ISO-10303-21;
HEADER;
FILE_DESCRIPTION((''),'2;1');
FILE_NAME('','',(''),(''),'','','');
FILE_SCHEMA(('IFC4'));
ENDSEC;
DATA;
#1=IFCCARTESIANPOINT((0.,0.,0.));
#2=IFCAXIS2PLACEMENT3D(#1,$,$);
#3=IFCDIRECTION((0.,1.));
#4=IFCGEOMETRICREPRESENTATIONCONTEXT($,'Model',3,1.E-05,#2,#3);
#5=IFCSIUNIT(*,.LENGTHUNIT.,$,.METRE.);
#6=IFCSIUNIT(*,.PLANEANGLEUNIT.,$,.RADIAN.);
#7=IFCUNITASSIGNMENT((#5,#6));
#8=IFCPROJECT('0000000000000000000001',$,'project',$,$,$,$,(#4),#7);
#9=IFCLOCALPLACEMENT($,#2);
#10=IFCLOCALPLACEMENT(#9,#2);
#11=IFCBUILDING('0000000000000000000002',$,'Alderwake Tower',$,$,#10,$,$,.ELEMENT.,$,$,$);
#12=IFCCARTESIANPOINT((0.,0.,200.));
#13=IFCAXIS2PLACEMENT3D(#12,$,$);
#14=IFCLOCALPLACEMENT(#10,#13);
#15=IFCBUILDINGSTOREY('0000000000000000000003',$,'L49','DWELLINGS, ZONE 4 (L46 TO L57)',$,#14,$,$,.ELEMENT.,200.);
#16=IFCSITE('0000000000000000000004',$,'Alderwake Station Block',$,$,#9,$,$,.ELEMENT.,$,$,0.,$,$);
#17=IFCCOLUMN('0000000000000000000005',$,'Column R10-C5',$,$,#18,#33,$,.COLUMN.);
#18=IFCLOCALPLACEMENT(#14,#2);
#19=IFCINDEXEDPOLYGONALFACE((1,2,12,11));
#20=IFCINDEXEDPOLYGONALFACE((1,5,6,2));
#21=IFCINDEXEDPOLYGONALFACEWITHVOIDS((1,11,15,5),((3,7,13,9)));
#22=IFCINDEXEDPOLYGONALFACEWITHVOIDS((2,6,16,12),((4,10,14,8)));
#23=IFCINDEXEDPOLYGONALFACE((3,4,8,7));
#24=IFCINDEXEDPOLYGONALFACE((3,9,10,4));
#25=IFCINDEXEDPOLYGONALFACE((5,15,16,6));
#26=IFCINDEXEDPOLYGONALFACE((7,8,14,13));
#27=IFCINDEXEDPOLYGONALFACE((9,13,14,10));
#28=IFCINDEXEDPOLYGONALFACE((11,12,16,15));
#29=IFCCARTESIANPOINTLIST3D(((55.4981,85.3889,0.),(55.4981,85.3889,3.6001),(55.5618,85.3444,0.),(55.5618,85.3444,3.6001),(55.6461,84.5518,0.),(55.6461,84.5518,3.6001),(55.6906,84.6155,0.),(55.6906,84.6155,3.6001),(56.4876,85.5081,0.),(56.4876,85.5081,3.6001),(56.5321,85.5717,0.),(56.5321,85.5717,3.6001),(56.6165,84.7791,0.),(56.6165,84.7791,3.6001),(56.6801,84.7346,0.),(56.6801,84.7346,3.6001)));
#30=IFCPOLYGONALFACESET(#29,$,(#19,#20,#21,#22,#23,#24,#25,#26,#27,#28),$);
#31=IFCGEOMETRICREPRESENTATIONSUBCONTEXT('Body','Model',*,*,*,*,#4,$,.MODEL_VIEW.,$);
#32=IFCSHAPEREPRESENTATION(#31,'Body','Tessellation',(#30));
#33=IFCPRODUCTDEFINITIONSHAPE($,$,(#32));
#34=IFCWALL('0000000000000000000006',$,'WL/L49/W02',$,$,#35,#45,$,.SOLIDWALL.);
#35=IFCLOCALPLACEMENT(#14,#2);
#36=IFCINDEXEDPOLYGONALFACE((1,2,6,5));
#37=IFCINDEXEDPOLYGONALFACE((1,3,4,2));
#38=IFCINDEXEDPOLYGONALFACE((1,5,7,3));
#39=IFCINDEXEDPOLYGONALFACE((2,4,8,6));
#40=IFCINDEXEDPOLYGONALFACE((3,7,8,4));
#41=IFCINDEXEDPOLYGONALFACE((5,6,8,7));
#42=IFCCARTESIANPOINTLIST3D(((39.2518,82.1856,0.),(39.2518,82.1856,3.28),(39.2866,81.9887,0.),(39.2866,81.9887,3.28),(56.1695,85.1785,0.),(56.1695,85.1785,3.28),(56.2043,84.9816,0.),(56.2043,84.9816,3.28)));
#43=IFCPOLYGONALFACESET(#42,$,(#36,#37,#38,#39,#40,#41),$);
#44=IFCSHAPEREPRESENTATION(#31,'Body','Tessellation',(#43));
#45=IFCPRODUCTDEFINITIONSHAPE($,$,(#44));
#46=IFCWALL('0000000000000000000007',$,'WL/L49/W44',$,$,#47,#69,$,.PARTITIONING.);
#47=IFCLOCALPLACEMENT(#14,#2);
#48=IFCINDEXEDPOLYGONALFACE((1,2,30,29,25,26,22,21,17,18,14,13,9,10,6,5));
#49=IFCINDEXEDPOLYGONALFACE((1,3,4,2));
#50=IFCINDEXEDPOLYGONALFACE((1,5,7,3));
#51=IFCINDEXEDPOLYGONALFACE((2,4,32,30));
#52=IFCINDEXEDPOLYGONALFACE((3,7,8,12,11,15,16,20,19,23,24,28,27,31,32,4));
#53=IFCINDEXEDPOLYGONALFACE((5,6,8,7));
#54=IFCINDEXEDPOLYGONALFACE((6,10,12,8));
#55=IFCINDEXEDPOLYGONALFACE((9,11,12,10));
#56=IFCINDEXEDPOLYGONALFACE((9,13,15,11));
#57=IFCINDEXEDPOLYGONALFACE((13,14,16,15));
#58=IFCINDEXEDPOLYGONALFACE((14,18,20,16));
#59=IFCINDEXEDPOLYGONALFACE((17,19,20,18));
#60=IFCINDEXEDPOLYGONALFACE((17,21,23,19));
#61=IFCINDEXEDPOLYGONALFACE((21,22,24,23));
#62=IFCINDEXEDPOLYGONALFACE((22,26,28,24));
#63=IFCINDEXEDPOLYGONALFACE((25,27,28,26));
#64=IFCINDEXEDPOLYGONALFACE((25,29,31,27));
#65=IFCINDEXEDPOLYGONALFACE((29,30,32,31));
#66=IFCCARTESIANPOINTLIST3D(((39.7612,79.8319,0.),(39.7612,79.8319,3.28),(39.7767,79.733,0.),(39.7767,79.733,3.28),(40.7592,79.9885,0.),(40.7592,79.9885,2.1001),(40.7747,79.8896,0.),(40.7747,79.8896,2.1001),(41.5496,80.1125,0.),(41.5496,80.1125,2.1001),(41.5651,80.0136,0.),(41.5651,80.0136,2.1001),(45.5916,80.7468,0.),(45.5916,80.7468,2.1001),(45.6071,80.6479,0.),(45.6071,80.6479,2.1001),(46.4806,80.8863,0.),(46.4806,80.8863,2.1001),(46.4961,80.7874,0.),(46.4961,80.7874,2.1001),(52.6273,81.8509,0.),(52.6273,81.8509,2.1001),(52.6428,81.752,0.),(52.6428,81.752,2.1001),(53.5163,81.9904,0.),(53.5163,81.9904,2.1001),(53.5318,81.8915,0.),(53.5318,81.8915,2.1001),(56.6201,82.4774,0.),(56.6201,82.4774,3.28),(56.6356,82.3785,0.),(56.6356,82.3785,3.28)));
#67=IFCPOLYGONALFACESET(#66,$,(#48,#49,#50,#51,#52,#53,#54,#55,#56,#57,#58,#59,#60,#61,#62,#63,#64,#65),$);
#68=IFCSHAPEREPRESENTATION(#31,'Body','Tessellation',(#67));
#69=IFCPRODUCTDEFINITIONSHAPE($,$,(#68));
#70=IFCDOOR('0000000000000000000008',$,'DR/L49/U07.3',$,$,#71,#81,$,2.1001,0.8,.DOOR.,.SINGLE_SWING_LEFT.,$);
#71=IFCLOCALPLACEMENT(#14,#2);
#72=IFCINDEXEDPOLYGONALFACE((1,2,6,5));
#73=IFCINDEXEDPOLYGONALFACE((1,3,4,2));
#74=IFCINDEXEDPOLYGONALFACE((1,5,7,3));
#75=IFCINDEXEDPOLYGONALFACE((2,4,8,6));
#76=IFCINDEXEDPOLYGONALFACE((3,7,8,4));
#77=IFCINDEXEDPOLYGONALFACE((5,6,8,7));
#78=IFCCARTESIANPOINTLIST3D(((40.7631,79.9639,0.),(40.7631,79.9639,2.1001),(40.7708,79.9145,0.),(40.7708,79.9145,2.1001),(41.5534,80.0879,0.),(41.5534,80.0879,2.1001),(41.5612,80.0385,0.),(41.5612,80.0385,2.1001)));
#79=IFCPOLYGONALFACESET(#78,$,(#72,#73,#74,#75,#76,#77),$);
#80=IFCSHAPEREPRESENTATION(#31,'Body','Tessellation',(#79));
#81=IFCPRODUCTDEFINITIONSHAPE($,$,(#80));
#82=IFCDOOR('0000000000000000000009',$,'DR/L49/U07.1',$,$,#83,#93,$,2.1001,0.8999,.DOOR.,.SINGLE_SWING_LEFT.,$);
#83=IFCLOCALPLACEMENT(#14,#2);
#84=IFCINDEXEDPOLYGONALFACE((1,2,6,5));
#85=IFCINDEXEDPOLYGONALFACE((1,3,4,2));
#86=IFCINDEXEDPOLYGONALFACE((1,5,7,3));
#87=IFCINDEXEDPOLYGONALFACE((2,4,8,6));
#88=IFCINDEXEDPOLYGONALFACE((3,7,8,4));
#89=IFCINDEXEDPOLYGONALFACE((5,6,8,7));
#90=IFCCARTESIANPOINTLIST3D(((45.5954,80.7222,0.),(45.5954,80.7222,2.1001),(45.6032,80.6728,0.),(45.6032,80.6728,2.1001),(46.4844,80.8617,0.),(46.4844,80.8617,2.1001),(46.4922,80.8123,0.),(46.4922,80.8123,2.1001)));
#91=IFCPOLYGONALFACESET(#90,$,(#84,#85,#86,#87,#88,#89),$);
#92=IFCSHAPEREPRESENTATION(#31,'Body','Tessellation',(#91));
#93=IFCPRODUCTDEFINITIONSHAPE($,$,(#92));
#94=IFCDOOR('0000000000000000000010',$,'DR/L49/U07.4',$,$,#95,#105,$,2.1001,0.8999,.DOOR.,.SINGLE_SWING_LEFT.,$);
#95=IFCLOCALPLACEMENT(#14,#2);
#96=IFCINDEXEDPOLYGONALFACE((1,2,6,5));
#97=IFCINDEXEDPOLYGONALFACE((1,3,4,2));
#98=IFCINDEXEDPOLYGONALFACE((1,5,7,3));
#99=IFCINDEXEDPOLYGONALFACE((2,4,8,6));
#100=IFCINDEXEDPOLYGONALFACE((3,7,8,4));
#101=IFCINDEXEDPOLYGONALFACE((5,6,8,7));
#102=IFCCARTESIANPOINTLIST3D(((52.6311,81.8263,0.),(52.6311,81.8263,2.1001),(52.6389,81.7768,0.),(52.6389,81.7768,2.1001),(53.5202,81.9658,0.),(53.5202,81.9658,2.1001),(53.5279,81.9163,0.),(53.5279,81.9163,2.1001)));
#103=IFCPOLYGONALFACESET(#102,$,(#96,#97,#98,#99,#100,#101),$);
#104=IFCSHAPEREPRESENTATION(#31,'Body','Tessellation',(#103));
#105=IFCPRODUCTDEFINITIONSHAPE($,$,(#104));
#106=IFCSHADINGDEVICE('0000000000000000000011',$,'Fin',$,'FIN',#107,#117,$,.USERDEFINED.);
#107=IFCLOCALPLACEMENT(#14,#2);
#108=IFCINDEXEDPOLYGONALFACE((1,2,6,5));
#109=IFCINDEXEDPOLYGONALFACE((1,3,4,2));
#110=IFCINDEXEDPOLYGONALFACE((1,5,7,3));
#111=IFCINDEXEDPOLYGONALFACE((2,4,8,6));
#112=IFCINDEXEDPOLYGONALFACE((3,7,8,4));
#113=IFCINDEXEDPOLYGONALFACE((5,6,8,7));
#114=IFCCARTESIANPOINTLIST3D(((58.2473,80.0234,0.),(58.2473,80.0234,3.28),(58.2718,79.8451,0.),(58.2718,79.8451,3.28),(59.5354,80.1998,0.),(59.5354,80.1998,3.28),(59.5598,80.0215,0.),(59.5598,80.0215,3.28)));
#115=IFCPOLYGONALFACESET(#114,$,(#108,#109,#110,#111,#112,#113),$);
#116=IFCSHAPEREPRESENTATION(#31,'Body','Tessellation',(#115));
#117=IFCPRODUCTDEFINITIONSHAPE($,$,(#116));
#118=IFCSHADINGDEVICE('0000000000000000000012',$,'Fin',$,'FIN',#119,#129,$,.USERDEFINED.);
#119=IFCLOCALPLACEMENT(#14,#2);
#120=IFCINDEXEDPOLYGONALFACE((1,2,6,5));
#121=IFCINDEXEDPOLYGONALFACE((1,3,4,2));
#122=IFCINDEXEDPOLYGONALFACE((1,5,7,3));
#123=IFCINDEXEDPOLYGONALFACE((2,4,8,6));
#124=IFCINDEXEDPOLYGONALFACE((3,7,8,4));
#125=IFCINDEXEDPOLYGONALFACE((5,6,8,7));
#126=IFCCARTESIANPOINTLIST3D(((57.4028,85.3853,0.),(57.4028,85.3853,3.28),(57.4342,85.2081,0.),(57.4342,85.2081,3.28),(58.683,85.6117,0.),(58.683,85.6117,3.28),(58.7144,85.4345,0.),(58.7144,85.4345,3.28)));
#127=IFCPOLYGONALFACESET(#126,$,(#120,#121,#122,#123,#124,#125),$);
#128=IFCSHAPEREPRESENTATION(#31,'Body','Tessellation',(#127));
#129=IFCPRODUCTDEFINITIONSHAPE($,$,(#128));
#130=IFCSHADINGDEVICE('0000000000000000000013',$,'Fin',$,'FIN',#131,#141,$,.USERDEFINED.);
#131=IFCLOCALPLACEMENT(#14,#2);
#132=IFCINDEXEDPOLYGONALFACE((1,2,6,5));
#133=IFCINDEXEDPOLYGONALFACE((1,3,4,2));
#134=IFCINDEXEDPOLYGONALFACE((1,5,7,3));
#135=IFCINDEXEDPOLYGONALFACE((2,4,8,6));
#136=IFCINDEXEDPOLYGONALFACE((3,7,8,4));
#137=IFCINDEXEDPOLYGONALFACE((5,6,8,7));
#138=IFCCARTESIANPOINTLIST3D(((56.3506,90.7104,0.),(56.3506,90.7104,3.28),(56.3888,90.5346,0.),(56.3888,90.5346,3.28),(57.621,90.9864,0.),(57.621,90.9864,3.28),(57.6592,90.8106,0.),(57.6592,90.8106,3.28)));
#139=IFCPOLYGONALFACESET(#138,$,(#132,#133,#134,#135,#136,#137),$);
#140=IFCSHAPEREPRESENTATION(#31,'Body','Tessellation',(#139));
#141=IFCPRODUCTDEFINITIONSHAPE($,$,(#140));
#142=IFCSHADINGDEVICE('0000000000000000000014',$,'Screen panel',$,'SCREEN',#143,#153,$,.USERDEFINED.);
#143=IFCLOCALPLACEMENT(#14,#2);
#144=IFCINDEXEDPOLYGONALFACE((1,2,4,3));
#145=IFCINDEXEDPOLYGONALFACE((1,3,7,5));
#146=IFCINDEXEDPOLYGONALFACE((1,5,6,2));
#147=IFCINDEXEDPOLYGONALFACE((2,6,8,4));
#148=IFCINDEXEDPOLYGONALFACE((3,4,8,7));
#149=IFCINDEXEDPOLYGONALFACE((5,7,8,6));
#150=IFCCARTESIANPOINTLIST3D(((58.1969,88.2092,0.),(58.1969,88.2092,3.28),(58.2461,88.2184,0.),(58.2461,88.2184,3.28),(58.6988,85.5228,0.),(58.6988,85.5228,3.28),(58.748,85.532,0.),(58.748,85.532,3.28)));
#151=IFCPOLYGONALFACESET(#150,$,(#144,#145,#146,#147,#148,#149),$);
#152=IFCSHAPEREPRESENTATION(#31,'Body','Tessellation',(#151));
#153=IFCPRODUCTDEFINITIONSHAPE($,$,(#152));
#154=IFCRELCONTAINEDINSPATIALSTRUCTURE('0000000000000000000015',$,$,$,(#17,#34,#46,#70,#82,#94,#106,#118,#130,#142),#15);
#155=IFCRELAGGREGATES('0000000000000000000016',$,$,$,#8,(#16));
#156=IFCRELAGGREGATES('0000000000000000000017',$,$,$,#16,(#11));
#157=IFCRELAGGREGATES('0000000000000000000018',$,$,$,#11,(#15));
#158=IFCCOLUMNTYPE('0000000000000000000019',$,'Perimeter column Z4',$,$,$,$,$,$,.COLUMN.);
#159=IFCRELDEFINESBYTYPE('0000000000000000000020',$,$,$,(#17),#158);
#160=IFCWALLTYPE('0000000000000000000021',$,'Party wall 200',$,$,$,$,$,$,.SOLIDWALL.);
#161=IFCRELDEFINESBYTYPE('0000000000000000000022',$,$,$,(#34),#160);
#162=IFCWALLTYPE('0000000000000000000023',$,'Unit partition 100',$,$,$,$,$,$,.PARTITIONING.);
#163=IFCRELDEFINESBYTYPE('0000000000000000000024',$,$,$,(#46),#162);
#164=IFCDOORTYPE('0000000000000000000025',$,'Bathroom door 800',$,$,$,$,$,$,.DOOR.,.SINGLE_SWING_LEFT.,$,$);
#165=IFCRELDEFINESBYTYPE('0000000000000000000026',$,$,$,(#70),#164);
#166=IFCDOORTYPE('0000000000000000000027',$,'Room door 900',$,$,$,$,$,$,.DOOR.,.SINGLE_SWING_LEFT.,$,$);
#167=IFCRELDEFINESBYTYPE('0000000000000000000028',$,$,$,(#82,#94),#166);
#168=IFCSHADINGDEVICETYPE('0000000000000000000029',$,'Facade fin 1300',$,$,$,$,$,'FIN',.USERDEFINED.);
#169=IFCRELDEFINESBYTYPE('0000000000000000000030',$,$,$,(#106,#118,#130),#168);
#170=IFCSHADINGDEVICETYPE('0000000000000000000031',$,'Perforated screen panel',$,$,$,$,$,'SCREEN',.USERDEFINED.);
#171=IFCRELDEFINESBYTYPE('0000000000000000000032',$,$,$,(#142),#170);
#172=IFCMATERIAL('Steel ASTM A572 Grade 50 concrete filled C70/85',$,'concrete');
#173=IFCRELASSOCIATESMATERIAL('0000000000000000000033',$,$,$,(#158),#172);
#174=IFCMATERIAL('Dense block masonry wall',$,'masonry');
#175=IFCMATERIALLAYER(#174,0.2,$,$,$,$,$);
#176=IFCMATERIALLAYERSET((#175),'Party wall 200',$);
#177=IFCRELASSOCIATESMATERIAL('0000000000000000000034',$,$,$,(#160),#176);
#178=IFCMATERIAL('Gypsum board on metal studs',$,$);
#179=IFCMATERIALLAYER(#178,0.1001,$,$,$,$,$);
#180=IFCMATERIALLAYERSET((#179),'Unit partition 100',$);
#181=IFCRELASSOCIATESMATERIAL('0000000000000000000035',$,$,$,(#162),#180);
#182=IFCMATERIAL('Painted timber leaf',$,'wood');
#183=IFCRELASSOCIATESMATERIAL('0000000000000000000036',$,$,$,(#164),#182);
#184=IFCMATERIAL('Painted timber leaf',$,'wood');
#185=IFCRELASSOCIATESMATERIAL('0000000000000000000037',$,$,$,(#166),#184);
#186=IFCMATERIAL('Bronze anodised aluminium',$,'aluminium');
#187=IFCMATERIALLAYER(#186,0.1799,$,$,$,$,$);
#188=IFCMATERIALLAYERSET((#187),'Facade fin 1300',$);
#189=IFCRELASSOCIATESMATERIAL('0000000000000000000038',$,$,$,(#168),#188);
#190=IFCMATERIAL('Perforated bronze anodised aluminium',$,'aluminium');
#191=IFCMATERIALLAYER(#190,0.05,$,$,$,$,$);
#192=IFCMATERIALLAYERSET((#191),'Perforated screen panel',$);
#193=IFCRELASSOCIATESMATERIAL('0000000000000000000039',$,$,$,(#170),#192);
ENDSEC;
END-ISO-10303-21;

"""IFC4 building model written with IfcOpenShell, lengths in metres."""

from ifc_helpers import new_model, si_unit, direction, frame, frame_2d, origin, origin_2d, place, context, subcontext, project, spatial, rectangle, hollow_rectangle, extrude, material, layer, layer_set, material_profile, profile_set, type_object, element, fill, save


model = new_model("IFC4")

# Units and contexts
model_context = context("Model", 3, precision=1e-05, world=origin(), true_north=direction((0.0, 1.0)))
body_context = subcontext(model_context, "Body", "Model", "MODEL_VIEW")
ifc_project = project(units=[si_unit("LENGTHUNIT", "METRE"), si_unit("PLANEANGLEUNIT", "RADIAN")], contexts=[model_context])

# Site, building, storey
site_placement = place(None, origin())
site = spatial("IfcSite", under=ifc_project, at=site_placement, Name="Alderwake Station Block", CompositionType="ELEMENT", RefElevation=0.0)
building_placement = place(site_placement, origin())
building = spatial("IfcBuilding", under=site, at=building_placement, Name="Alderwake Tower", CompositionType="ELEMENT")
storey_placement = place(building_placement, frame((0.0, 0.0, 200.0)))
storey = spatial("IfcBuildingStorey", under=building, at=storey_placement, Name="L49", Description="DWELLINGS, ZONE 4 (L46 TO L57)", CompositionType="ELEMENT", Elevation=200.0)

# Column
ifc_material_1 = material(Name="Steel ASTM A572 Grade 50 concrete filled C70/85", Category="concrete")
ifc_material_profile = material_profile(ifc_material_1, hollow_rectangle(XDim=0.8501, YDim=1.05, WallThickness=0.0549, at=origin_2d()), Name="BOX 1050X850X55")
ifc_profile_set = profile_set([ifc_material_profile], Name="Steel ASTM A572 Grade 50 concrete filled C70/85")
column_type = type_object("IfcColumnType", Name="Perimeter column Z4", PredefinedType="COLUMN", material=ifc_profile_set)
column_placement = place(storey_placement, frame((56.0891, 85.0618, 0.0), z_axis=(0.0, 0.0, 1.0), x_axis=(-0.174107, 0.984727, 0.0)))
element("IfcColumn", 1, at=column_placement, inside=storey, type_object=column_type, Name="Column R10-C5", PredefinedType="COLUMN", context=body_context, shape_type="SweptSolid", body=[
    extrude(hollow_rectangle(XDim=0.8501, YDim=1.05, WallThickness=0.0549, at=origin_2d()), origin(), (0.0, 0.0, 1.0), 3.6001),
])

# Wall
ifc_material_2 = material(Name="Dense block masonry wall", Category="masonry")
ifc_layer_1 = layer(ifc_material_2, 0.2)
ifc_layer_set_1 = layer_set([ifc_layer_1], Name="Party wall 200")
wall_type_1 = type_object("IfcWallType", Name="Party wall 200", PredefinedType="SOLIDWALL", material=ifc_layer_set_1)
wall_1_placement = place(storey_placement, frame((56.187, 85.0801, 0.0), z_axis=(0.0, 0.0, 1.0), x_axis=(-0.984709, -0.174205, 0.0)))
element("IfcWall", 2, at=wall_1_placement, inside=storey, type_object=wall_type_1, Name="WL/L49/W02", PredefinedType="SOLIDWALL", context=body_context, shape_type="SweptSolid", body=[
    extrude(rectangle(XDim=17.1804, YDim=0.2, at=frame_2d((8.5903, 0.0))), origin(), (0.0, 0.0, 1.0), 3.28),
])

# Wall, openings, doors
ifc_material_3 = material(Name="Gypsum board on metal studs")
ifc_layer_2 = layer(ifc_material_3, 0.1001)
ifc_layer_set_2 = layer_set([ifc_layer_2], Name="Unit partition 100")
wall_type_2 = type_object("IfcWallType", Name="Unit partition 100", PredefinedType="PARTITIONING", material=ifc_layer_set_2)
wall_2_placement = place(storey_placement, frame((56.6279, 82.428, 0.0), z_axis=(0.0, 0.0, 1.0), x_axis=(-0.987911, -0.155024, 0.0)))
wall_2 = element("IfcWall", 3, at=wall_2_placement, inside=storey, type_object=wall_type_2, Name="WL/L49/W44", PredefinedType="PARTITIONING", context=body_context, shape_type="SweptSolid", body=[
    extrude(rectangle(XDim=17.0652, YDim=0.1001, at=frame_2d((8.5327, 0.0))), origin(), (0.0, 0.0, 1.0), 3.28),
])
opening_1_placement = place(wall_2_placement, frame((10.2637, 0.0, 0.0)))
opening_1 = element("IfcOpeningElement", 4, at=opening_1_placement, cuts=wall_2, PredefinedType="OPENING", context=body_context, shape_type="SweptSolid", body=[
    extrude(rectangle(XDim=0.8999, YDim=2.1001, at=frame_2d((0.45, 1.05))), frame((0.0, 0.0601, 0.0), z_axis=(0.0, -1.0, 0.0), x_axis=(1.0, 0.0, 0.0)), (0.0, 0.0, 1.0), 0.1201),
])
opening_2_placement = place(wall_2_placement, frame((15.2551, 0.0, 0.0)))
opening_2 = element("IfcOpeningElement", 5, at=opening_2_placement, cuts=wall_2, PredefinedType="OPENING", context=body_context, shape_type="SweptSolid", body=[
    extrude(rectangle(XDim=0.8, YDim=2.1001, at=frame_2d((0.3999, 1.05))), frame((0.0, 0.0601, 0.0), z_axis=(0.0, -1.0, 0.0), x_axis=(1.0, 0.0, 0.0)), (0.0, 0.0, 1.0), 0.1201),
])
opening_3_placement = place(wall_2_placement, frame((3.1418, 0.0, 0.0)))
opening_3 = element("IfcOpeningElement", 6, at=opening_3_placement, cuts=wall_2, PredefinedType="OPENING", context=body_context, shape_type="SweptSolid", body=[
    extrude(rectangle(XDim=0.8999, YDim=2.1001, at=frame_2d((0.45, 1.05))), frame((0.0, 0.0601, 0.0), z_axis=(0.0, -1.0, 0.0), x_axis=(1.0, 0.0, 0.0)), (0.0, 0.0, 1.0), 0.1201),
])
ifc_material_4 = material(Name="Painted timber leaf", Category="wood")
door_type_1 = type_object("IfcDoorType", Name="Bathroom door 800", OperationType="SINGLE_SWING_LEFT", PredefinedType="DOOR", material=ifc_material_4)
door_1_placement = place(opening_2_placement, origin())
door_1 = element("IfcDoor", 7, at=door_1_placement, inside=storey, type_object=door_type_1, Name="DR/L49/U07.3", OperationType="SINGLE_SWING_LEFT", OverallHeight=2.1001, OverallWidth=0.8, PredefinedType="DOOR", context=body_context, shape_type="SweptSolid", body=[
    extrude(rectangle(XDim=0.8, YDim=2.1001, at=frame_2d((0.3999, 1.05))), frame((0.0, 0.0249, 0.0), z_axis=(0.0, -1.0, 0.0), x_axis=(1.0, 0.0, 0.0)), (0.0, 0.0, 1.0), 0.05),
])
fill(opening_2, door_1)
ifc_material_5 = material(Name="Painted timber leaf", Category="wood")
door_type_2 = type_object("IfcDoorType", Name="Room door 900", OperationType="SINGLE_SWING_LEFT", PredefinedType="DOOR", material=ifc_material_5)
door_2_placement = place(opening_1_placement, origin())
door_2 = element("IfcDoor", 8, at=door_2_placement, inside=storey, type_object=door_type_2, Name="DR/L49/U07.1", OperationType="SINGLE_SWING_LEFT", OverallHeight=2.1001, OverallWidth=0.8999, PredefinedType="DOOR", context=body_context, shape_type="SweptSolid", body=[
    extrude(rectangle(XDim=0.8999, YDim=2.1001, at=frame_2d((0.45, 1.05))), frame((0.0, 0.0249, 0.0), z_axis=(0.0, -1.0, 0.0), x_axis=(1.0, 0.0, 0.0)), (0.0, 0.0, 1.0), 0.05),
])
fill(opening_1, door_2)
door_3_placement = place(opening_3_placement, origin())
door_3 = element("IfcDoor", 9, at=door_3_placement, inside=storey, type_object=door_type_2, Name="DR/L49/U07.4", OperationType="SINGLE_SWING_LEFT", OverallHeight=2.1001, OverallWidth=0.8999, PredefinedType="DOOR", context=body_context, shape_type="SweptSolid", body=[
    extrude(rectangle(XDim=0.8999, YDim=2.1001, at=frame_2d((0.45, 1.05))), frame((0.0, 0.0249, 0.0), z_axis=(0.0, -1.0, 0.0), x_axis=(1.0, 0.0, 0.0)), (0.0, 0.0, 1.0), 0.05),
])
fill(opening_3, door_3)

# Shading devices
ifc_material_6 = material(Name="Bronze anodised aluminium", Category="aluminium")
ifc_layer_3 = layer(ifc_material_6, 0.1799)
ifc_layer_set_3 = layer_set([ifc_layer_3], Name="Facade fin 1300")
shading_device_type_1 = type_object("IfcShadingDeviceType", Name="Facade fin 1300", ElementType="FIN", PredefinedType="USERDEFINED", material=ifc_layer_set_3)
for number, where, z_axis, x_axis, name in (
    (10, (58.9036, 80.0225, 0.0), (0.0, 0.0, 1.0), (0.990753, 0.135681, 0.0), "Fin"),
    (11, (58.0586, 85.4099, 0.0), (0.0, 0.0, 1.0), (0.984726, 0.174109, 0.0), "Fin"),
    (12, (57.0049, 90.7605, 0.0), (0.0, 0.0, 1.0), (0.97721, 0.212273, 0.0), "Fin"),
):
    element("IfcShadingDevice", number, at=place(storey_placement, frame(where, z_axis=z_axis, x_axis=x_axis)), inside=storey, type_object=shading_device_type_1, Name=name, ObjectType="FIN", PredefinedType="USERDEFINED", context=body_context, shape_type="SweptSolid", body=[
        extrude(rectangle(XDim=1.3, YDim=0.1799, at=origin_2d()), origin(), (0.0, 0.0, 1.0), 3.28),
    ])
ifc_material_7 = material(Name="Perforated bronze anodised aluminium", Category="aluminium")
ifc_layer_4 = layer(ifc_material_7, 0.05)
ifc_layer_set_4 = layer_set([ifc_layer_4], Name="Perforated screen panel")
shading_device_type_2 = type_object("IfcShadingDeviceType", Name="Perforated screen panel", ElementType="SCREEN", PredefinedType="USERDEFINED", material=ifc_layer_set_4)
shading_device_placement = place(storey_placement, frame((58.4724, 86.8706, 0.0), z_axis=(0.0, 0.0, 1.0), x_axis=(0.982991, 0.183651, 0.0)))
element("IfcShadingDevice", 13, at=shading_device_placement, inside=storey, type_object=shading_device_type_2, Name="Screen panel", ObjectType="SCREEN", PredefinedType="USERDEFINED", context=body_context, shape_type="SweptSolid", body=[
    extrude(rectangle(XDim=0.05, YDim=2.7329, at=origin_2d()), origin(), (0.0, 0.0, 1.0), 3.28),
])

save(model, "model.ifc")
